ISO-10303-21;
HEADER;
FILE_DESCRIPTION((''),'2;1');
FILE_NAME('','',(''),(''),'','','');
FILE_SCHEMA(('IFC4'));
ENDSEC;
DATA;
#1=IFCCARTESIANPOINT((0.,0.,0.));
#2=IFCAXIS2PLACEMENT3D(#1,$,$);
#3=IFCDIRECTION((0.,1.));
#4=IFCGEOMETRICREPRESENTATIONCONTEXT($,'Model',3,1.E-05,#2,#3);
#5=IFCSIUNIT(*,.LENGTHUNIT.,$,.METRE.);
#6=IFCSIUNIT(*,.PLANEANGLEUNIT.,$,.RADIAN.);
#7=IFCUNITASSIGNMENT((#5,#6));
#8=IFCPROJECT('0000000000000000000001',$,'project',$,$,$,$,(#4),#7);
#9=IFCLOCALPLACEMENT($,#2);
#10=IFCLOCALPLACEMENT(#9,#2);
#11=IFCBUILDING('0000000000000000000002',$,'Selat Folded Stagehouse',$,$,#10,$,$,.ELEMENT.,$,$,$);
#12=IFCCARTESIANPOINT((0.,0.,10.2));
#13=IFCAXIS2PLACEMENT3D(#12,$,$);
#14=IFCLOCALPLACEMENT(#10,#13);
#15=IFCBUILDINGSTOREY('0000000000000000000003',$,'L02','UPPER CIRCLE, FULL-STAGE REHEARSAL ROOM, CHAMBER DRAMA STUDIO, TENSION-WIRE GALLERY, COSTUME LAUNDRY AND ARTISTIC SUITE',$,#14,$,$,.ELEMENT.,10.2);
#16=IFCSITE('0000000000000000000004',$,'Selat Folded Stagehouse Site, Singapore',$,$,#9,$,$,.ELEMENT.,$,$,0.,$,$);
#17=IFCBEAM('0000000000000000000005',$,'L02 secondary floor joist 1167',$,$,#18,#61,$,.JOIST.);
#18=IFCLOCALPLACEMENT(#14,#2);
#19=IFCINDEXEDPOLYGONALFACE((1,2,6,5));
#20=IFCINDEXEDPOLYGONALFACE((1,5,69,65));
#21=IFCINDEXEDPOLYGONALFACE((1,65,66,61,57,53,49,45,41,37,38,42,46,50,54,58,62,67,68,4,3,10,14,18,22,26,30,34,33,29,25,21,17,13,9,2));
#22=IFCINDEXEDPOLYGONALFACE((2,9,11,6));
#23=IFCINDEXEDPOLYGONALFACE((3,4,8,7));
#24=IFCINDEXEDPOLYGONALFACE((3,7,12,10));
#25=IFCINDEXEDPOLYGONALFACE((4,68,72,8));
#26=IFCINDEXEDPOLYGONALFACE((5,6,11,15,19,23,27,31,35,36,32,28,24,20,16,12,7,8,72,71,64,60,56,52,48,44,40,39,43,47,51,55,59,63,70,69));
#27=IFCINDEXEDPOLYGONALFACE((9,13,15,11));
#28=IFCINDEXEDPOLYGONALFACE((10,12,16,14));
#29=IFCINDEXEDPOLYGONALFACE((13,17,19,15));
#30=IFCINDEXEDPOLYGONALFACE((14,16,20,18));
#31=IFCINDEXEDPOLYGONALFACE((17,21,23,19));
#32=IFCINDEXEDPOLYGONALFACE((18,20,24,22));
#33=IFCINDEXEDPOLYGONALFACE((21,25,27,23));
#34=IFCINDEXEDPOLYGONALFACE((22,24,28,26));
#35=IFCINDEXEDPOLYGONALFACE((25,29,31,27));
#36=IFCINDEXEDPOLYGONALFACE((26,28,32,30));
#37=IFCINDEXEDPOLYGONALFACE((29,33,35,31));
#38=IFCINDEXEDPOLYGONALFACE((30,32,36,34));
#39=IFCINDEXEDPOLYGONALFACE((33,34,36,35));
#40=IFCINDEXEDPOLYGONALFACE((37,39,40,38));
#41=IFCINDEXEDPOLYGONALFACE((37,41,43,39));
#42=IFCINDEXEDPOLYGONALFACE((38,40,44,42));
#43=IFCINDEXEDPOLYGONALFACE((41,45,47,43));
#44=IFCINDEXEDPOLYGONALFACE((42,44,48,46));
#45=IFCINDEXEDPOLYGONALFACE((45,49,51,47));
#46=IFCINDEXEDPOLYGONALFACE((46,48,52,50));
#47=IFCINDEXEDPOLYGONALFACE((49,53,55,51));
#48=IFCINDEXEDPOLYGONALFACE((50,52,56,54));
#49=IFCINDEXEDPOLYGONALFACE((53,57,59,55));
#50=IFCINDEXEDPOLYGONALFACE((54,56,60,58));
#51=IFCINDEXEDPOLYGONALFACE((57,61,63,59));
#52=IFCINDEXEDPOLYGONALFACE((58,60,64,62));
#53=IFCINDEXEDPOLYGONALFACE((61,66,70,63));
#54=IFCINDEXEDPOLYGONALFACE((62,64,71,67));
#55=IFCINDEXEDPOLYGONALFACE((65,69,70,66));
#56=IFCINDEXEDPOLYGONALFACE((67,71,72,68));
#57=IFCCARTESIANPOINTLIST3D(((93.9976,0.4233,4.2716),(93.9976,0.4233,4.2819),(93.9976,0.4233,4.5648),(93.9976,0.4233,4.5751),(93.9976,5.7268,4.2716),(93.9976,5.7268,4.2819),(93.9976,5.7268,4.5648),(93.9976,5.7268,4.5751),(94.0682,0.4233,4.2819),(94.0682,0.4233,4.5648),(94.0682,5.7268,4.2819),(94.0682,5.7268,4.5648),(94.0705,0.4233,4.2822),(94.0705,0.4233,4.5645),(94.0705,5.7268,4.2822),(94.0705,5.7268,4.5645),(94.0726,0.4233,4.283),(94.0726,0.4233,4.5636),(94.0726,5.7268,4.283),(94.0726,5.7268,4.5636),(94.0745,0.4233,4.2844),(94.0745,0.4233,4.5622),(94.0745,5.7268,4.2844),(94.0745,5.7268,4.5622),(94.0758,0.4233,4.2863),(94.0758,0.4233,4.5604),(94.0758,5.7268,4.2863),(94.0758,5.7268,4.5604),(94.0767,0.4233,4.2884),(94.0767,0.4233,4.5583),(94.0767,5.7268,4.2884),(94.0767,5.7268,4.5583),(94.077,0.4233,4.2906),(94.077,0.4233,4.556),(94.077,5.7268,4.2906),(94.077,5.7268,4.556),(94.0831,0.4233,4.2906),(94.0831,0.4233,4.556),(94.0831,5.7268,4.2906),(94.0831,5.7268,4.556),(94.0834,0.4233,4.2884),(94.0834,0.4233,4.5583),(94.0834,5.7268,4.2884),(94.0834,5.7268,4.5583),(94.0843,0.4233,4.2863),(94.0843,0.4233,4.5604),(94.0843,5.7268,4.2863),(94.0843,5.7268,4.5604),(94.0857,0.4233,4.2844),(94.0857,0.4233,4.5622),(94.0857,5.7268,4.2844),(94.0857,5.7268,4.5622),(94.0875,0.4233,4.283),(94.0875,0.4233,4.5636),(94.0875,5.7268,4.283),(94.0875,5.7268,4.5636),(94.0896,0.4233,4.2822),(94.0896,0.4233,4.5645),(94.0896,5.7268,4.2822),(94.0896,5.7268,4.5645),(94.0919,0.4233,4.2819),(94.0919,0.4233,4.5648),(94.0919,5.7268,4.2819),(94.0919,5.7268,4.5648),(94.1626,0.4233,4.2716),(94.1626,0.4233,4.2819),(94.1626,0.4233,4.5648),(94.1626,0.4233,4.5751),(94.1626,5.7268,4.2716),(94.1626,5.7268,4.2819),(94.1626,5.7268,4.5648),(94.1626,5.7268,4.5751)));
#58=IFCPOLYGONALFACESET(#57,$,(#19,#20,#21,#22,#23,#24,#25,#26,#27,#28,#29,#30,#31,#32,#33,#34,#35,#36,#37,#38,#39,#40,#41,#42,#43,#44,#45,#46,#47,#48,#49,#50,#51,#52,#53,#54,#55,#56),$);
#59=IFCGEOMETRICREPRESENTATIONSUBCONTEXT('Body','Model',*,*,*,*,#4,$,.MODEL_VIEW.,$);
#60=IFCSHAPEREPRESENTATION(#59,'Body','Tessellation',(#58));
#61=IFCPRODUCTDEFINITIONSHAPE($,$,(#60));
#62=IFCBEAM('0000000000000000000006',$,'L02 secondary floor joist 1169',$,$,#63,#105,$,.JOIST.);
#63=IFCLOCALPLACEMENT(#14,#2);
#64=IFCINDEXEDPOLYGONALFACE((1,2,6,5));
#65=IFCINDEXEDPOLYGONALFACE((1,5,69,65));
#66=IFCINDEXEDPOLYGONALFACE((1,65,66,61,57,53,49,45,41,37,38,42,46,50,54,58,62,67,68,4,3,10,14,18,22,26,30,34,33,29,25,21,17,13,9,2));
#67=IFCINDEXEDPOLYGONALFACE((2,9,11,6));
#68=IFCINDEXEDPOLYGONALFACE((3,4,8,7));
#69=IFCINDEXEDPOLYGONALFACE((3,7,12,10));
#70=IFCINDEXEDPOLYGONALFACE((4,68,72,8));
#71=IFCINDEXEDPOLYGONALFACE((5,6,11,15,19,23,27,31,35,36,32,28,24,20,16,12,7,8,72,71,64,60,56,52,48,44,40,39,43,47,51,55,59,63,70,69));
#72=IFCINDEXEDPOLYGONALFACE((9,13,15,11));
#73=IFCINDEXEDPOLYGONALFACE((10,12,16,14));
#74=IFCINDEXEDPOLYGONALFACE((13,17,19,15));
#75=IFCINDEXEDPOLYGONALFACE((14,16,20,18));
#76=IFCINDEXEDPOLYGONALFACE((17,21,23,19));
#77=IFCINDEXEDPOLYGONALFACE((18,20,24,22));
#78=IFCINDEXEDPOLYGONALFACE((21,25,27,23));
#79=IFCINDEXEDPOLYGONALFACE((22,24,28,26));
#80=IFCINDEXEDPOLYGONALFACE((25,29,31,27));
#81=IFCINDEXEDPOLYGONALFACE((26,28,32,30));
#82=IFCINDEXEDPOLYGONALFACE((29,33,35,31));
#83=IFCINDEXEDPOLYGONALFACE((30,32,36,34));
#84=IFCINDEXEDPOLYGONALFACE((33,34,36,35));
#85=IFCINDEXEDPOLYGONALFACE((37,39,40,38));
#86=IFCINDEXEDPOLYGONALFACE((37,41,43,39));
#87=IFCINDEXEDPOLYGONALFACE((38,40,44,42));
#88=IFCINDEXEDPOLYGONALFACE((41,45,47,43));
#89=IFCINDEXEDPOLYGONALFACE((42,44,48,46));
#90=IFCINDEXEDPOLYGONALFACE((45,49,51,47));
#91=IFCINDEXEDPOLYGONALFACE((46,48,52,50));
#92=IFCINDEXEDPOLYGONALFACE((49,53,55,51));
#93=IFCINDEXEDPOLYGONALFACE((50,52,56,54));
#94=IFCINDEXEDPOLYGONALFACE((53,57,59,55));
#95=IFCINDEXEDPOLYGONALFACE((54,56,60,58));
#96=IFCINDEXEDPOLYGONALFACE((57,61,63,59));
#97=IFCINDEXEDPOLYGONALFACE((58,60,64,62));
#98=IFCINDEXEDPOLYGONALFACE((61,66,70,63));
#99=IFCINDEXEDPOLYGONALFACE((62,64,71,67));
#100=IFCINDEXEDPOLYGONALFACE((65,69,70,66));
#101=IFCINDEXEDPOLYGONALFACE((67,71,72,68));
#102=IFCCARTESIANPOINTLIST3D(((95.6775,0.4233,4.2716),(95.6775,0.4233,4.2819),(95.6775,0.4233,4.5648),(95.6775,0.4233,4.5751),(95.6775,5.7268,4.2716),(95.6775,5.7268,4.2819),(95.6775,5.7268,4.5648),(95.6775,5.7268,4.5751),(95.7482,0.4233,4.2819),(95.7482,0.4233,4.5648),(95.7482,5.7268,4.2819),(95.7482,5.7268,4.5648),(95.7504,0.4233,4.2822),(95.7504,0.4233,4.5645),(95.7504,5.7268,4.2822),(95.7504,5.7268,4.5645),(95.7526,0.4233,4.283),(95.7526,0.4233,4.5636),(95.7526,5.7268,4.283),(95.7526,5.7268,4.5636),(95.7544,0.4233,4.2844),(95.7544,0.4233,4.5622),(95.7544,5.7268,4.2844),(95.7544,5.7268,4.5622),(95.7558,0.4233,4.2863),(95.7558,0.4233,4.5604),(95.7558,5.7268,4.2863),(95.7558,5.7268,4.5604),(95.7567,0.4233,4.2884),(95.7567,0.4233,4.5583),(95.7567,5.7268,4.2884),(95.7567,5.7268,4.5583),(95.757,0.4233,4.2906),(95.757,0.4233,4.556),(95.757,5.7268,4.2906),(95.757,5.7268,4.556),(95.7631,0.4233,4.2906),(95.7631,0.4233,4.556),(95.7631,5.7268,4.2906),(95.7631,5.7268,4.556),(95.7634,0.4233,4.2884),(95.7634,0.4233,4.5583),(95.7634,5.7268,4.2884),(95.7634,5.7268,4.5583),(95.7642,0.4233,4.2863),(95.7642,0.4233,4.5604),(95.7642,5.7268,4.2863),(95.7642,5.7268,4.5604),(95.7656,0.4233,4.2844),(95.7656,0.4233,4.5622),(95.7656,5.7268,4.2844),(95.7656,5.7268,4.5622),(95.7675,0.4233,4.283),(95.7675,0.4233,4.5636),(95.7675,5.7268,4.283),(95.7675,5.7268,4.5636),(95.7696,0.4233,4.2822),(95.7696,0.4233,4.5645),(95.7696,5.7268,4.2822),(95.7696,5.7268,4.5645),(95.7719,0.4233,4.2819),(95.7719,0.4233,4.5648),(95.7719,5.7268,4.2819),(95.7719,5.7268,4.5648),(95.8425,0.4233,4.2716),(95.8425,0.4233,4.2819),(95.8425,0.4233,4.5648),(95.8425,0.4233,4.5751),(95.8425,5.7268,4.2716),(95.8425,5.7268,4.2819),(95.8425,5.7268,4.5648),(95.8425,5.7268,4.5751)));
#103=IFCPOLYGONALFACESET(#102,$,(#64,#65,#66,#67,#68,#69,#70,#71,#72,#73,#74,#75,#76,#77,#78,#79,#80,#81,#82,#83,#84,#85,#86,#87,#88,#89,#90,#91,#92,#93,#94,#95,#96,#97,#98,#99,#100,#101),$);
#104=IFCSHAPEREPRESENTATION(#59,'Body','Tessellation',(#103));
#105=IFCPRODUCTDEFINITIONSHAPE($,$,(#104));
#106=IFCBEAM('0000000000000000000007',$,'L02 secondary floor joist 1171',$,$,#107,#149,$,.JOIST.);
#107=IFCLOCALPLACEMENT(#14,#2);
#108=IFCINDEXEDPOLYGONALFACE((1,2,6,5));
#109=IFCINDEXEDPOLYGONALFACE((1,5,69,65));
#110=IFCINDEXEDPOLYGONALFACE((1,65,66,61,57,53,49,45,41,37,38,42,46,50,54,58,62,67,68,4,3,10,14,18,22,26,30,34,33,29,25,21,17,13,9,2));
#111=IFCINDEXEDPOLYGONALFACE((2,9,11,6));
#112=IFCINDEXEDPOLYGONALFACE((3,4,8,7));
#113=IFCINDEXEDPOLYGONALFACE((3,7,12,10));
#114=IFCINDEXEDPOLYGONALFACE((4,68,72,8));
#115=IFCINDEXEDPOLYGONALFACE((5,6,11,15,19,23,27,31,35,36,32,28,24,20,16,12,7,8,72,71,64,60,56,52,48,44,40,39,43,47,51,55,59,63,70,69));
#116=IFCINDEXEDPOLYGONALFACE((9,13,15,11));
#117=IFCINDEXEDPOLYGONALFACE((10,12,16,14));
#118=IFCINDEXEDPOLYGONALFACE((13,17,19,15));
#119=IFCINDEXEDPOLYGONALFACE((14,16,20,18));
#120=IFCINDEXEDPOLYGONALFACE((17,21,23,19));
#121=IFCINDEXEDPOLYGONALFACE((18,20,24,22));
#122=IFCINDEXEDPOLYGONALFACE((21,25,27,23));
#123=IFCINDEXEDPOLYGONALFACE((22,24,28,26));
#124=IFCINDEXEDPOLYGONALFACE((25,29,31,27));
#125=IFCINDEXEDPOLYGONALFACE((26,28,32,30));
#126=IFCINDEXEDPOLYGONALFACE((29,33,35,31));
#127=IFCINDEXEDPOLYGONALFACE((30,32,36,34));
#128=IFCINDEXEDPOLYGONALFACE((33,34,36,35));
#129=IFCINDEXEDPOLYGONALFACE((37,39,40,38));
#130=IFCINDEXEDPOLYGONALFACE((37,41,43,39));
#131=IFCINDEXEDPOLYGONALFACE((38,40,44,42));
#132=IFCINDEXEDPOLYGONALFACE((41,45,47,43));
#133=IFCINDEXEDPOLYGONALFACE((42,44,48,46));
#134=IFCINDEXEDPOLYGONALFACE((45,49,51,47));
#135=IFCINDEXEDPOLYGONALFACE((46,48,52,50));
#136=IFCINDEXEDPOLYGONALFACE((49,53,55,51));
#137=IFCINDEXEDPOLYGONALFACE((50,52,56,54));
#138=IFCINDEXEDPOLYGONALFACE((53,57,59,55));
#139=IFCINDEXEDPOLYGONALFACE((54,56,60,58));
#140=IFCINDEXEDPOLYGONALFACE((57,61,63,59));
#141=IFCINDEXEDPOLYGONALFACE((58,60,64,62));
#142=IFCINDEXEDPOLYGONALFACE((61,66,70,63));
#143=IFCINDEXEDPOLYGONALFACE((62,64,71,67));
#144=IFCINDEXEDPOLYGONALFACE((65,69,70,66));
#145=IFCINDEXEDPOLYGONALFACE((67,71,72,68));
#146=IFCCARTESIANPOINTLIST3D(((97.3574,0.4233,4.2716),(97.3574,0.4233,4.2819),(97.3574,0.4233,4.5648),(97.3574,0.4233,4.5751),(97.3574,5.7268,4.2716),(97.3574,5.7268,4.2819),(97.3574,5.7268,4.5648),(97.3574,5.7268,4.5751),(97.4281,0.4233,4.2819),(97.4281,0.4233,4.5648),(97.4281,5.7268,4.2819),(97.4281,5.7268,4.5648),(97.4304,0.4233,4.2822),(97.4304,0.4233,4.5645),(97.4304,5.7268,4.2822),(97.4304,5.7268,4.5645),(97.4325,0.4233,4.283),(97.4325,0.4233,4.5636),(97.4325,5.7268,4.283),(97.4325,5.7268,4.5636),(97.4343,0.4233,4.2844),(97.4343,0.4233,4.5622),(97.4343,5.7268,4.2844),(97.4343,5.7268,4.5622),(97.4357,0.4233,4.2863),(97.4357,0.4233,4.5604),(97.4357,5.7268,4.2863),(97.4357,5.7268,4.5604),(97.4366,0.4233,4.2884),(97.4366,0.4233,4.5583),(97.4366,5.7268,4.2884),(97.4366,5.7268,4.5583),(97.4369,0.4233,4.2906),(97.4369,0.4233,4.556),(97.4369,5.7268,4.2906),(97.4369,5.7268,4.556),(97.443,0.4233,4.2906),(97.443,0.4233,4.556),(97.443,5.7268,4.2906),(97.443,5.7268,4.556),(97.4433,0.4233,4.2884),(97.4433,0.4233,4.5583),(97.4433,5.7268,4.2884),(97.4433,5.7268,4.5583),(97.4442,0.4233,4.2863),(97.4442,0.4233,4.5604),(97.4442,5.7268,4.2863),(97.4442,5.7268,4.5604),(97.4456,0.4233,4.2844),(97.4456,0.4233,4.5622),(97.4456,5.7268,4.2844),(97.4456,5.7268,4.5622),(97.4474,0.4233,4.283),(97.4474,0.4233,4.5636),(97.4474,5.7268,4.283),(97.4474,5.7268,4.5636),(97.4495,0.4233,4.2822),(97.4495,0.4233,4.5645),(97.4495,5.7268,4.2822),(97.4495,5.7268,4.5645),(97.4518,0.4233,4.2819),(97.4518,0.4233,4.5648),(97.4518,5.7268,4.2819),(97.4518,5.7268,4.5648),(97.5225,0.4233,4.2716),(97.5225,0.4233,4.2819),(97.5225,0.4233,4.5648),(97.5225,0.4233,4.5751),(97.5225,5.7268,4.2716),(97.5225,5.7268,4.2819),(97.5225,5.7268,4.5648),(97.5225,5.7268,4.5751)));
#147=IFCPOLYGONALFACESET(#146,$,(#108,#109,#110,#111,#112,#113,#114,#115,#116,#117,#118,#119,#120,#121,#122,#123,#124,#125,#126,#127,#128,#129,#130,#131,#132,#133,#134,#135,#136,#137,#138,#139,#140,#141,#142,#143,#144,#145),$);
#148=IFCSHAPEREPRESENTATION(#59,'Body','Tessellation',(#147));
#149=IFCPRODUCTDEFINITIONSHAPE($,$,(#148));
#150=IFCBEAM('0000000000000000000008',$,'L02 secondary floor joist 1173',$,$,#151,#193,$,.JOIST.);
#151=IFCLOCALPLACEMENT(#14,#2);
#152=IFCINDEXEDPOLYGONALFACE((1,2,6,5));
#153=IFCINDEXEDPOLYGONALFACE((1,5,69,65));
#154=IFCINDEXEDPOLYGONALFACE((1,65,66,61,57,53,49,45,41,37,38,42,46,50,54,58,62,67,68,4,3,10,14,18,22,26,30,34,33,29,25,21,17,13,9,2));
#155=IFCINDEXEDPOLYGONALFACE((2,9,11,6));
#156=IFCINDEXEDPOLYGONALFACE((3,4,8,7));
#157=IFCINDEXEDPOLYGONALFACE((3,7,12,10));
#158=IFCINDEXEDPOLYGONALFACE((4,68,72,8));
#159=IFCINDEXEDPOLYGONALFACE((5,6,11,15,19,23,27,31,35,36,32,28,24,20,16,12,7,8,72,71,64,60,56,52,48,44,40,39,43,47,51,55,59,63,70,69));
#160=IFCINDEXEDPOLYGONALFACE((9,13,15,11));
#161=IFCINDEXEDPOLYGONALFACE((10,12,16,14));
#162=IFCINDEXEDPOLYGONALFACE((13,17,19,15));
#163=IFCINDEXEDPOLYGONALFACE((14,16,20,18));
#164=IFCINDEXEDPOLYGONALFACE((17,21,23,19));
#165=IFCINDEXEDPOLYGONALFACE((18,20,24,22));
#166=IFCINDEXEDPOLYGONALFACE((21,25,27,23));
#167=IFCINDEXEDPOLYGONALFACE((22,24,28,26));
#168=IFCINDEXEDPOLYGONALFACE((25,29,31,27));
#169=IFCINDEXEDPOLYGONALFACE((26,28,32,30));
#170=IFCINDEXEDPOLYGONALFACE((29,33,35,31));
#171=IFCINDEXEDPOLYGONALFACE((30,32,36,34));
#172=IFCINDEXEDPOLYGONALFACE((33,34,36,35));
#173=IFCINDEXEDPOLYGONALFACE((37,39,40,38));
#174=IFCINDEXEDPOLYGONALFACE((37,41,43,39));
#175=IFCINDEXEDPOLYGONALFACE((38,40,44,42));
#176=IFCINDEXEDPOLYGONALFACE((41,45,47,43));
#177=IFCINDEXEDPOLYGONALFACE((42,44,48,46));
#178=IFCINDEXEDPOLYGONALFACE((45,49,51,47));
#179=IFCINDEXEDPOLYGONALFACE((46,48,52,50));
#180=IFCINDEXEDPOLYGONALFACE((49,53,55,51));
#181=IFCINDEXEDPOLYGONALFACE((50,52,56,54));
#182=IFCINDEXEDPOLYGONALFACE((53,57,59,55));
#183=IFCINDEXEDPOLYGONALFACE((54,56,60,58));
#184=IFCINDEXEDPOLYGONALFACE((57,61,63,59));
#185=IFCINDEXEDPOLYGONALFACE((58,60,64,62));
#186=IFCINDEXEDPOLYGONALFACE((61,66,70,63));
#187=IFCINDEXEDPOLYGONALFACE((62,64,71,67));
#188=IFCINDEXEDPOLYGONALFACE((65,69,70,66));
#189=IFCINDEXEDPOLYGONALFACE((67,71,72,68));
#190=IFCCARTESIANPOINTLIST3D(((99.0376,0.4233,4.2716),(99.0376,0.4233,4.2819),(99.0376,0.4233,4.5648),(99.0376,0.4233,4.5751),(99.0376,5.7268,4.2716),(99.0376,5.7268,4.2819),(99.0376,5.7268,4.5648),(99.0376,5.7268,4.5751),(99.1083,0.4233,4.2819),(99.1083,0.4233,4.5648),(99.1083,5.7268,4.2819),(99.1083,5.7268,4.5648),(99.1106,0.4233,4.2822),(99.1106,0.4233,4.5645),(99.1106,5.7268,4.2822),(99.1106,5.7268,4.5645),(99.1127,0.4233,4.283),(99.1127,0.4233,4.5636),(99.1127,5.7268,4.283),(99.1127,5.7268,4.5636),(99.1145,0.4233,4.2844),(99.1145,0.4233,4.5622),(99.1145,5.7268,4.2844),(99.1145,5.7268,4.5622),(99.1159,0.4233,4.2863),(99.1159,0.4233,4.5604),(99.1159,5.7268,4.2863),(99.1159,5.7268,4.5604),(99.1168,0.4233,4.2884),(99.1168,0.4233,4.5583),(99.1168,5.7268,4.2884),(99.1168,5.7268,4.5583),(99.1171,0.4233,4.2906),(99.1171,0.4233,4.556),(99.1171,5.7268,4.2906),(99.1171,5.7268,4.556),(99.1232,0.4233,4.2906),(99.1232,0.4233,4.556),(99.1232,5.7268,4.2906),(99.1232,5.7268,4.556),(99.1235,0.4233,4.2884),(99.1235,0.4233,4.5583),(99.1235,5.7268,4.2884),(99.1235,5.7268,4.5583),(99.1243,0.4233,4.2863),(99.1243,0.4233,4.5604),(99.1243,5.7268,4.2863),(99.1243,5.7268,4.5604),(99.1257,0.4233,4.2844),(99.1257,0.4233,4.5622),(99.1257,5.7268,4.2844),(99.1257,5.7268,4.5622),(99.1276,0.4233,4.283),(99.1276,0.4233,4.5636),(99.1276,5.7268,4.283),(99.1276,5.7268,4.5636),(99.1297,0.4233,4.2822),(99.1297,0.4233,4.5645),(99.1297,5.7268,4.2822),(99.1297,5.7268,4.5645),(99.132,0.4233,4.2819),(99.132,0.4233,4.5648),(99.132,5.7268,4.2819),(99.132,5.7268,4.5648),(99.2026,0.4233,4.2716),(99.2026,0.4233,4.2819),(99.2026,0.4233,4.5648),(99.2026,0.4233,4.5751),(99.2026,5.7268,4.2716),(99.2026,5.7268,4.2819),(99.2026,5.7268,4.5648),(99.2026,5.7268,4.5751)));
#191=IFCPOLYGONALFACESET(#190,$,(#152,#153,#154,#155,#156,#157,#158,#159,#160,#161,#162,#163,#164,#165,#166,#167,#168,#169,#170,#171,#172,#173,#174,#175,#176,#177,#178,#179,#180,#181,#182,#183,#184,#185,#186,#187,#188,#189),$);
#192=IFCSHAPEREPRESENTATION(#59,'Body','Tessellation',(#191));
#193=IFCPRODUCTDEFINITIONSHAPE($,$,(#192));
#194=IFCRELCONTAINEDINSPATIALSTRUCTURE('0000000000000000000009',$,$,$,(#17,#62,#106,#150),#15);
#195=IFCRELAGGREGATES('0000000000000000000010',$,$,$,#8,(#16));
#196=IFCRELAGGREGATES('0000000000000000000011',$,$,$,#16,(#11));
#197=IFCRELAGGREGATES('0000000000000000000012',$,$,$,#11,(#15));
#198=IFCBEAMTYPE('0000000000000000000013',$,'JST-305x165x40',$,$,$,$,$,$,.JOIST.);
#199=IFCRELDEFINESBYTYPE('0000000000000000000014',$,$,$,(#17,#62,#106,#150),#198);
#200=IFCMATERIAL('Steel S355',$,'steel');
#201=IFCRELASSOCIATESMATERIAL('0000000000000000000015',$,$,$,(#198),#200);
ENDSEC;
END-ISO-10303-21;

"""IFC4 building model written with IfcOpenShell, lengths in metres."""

from ifc_helpers import new_model, si_unit, direction, frame, origin, origin_2d, place, context, subcontext, project, spatial, i_section, extrude, material, material_profile, profile_set, type_object, element, save


model = new_model("IFC4")

# Units and contexts
model_context = context("Model", 3, precision=1e-05, world=origin(), true_north=direction((0.0, 1.0)))
body_context = subcontext(model_context, "Body", "Model", "MODEL_VIEW")
ifc_project = project(units=[si_unit("LENGTHUNIT", "METRE"), si_unit("PLANEANGLEUNIT", "RADIAN")], contexts=[model_context])

# Site, building, storey
site_placement = place(None, origin())
site = spatial("IfcSite", under=ifc_project, at=site_placement, Name="Selat Folded Stagehouse Site, Singapore", CompositionType="ELEMENT", RefElevation=0.0)
building_placement = place(site_placement, origin())
building = spatial("IfcBuilding", under=site, at=building_placement, Name="Selat Folded Stagehouse", CompositionType="ELEMENT")
storey_placement = place(building_placement, frame((0.0, 0.0, 10.2)))
storey = spatial("IfcBuildingStorey", under=building, at=storey_placement, Name="L02", Description="UPPER CIRCLE, FULL-STAGE REHEARSAL ROOM, CHAMBER DRAMA STUDIO, TENSION-WIRE GALLERY, COSTUME LAUNDRY AND ARTISTIC SUITE", CompositionType="ELEMENT", Elevation=10.2)

# Shared definitions
ifc_material_1 = material(Name="Steel S355", Category="steel")

# Beams
ifc_material_profile_1 = material_profile(ifc_material_1, i_section(OverallWidth=0.165, OverallDepth=0.3035, WebThickness=0.0061, FlangeThickness=0.0103, FilletRadius=0.0088, at=origin_2d()), Name="UKB 305x165x40")
ifc_profile_set_1 = profile_set([ifc_material_profile_1], Name="Steel S355")
beam_type_1 = type_object("IfcBeamType", Name="JST-305x165x40", PredefinedType="JOIST", material=ifc_profile_set_1)
for number, where, z_axis, x_axis, name in (
    (1, (94.0801, 0.4233, 4.4233), (0.0, 1.0, 0.0), (-1.0, 0.0, 0.0), "L02 secondary floor joist 1167"),
    (2, (95.76, 0.4233, 4.4233), (0.0, 1.0, 0.0), (-1.0, 0.0, 0.0), "L02 secondary floor joist 1169"),
    (3, (97.4399, 0.4233, 4.4233), (0.0, 1.0, 0.0), (-1.0, 0.0, 0.0), "L02 secondary floor joist 1171"),
    (4, (99.1201, 0.4233, 4.4233), (0.0, 1.0, 0.0), (-1.0, 0.0, 0.0), "L02 secondary floor joist 1173"),
):
    element("IfcBeam", number, at=place(storey_placement, frame(where, z_axis=z_axis, x_axis=x_axis)), inside=storey, type_object=beam_type_1, Name=name, PredefinedType="JOIST", context=body_context, shape_type="SweptSolid", body=[
        extrude(i_section(OverallWidth=0.165, OverallDepth=0.3035, WebThickness=0.0061, FlangeThickness=0.0103, FilletRadius=0.0088, at=origin_2d()), origin(), (0.0, 0.0, 1.0), 5.3035),
    ])

save(model, "model.ifc")
